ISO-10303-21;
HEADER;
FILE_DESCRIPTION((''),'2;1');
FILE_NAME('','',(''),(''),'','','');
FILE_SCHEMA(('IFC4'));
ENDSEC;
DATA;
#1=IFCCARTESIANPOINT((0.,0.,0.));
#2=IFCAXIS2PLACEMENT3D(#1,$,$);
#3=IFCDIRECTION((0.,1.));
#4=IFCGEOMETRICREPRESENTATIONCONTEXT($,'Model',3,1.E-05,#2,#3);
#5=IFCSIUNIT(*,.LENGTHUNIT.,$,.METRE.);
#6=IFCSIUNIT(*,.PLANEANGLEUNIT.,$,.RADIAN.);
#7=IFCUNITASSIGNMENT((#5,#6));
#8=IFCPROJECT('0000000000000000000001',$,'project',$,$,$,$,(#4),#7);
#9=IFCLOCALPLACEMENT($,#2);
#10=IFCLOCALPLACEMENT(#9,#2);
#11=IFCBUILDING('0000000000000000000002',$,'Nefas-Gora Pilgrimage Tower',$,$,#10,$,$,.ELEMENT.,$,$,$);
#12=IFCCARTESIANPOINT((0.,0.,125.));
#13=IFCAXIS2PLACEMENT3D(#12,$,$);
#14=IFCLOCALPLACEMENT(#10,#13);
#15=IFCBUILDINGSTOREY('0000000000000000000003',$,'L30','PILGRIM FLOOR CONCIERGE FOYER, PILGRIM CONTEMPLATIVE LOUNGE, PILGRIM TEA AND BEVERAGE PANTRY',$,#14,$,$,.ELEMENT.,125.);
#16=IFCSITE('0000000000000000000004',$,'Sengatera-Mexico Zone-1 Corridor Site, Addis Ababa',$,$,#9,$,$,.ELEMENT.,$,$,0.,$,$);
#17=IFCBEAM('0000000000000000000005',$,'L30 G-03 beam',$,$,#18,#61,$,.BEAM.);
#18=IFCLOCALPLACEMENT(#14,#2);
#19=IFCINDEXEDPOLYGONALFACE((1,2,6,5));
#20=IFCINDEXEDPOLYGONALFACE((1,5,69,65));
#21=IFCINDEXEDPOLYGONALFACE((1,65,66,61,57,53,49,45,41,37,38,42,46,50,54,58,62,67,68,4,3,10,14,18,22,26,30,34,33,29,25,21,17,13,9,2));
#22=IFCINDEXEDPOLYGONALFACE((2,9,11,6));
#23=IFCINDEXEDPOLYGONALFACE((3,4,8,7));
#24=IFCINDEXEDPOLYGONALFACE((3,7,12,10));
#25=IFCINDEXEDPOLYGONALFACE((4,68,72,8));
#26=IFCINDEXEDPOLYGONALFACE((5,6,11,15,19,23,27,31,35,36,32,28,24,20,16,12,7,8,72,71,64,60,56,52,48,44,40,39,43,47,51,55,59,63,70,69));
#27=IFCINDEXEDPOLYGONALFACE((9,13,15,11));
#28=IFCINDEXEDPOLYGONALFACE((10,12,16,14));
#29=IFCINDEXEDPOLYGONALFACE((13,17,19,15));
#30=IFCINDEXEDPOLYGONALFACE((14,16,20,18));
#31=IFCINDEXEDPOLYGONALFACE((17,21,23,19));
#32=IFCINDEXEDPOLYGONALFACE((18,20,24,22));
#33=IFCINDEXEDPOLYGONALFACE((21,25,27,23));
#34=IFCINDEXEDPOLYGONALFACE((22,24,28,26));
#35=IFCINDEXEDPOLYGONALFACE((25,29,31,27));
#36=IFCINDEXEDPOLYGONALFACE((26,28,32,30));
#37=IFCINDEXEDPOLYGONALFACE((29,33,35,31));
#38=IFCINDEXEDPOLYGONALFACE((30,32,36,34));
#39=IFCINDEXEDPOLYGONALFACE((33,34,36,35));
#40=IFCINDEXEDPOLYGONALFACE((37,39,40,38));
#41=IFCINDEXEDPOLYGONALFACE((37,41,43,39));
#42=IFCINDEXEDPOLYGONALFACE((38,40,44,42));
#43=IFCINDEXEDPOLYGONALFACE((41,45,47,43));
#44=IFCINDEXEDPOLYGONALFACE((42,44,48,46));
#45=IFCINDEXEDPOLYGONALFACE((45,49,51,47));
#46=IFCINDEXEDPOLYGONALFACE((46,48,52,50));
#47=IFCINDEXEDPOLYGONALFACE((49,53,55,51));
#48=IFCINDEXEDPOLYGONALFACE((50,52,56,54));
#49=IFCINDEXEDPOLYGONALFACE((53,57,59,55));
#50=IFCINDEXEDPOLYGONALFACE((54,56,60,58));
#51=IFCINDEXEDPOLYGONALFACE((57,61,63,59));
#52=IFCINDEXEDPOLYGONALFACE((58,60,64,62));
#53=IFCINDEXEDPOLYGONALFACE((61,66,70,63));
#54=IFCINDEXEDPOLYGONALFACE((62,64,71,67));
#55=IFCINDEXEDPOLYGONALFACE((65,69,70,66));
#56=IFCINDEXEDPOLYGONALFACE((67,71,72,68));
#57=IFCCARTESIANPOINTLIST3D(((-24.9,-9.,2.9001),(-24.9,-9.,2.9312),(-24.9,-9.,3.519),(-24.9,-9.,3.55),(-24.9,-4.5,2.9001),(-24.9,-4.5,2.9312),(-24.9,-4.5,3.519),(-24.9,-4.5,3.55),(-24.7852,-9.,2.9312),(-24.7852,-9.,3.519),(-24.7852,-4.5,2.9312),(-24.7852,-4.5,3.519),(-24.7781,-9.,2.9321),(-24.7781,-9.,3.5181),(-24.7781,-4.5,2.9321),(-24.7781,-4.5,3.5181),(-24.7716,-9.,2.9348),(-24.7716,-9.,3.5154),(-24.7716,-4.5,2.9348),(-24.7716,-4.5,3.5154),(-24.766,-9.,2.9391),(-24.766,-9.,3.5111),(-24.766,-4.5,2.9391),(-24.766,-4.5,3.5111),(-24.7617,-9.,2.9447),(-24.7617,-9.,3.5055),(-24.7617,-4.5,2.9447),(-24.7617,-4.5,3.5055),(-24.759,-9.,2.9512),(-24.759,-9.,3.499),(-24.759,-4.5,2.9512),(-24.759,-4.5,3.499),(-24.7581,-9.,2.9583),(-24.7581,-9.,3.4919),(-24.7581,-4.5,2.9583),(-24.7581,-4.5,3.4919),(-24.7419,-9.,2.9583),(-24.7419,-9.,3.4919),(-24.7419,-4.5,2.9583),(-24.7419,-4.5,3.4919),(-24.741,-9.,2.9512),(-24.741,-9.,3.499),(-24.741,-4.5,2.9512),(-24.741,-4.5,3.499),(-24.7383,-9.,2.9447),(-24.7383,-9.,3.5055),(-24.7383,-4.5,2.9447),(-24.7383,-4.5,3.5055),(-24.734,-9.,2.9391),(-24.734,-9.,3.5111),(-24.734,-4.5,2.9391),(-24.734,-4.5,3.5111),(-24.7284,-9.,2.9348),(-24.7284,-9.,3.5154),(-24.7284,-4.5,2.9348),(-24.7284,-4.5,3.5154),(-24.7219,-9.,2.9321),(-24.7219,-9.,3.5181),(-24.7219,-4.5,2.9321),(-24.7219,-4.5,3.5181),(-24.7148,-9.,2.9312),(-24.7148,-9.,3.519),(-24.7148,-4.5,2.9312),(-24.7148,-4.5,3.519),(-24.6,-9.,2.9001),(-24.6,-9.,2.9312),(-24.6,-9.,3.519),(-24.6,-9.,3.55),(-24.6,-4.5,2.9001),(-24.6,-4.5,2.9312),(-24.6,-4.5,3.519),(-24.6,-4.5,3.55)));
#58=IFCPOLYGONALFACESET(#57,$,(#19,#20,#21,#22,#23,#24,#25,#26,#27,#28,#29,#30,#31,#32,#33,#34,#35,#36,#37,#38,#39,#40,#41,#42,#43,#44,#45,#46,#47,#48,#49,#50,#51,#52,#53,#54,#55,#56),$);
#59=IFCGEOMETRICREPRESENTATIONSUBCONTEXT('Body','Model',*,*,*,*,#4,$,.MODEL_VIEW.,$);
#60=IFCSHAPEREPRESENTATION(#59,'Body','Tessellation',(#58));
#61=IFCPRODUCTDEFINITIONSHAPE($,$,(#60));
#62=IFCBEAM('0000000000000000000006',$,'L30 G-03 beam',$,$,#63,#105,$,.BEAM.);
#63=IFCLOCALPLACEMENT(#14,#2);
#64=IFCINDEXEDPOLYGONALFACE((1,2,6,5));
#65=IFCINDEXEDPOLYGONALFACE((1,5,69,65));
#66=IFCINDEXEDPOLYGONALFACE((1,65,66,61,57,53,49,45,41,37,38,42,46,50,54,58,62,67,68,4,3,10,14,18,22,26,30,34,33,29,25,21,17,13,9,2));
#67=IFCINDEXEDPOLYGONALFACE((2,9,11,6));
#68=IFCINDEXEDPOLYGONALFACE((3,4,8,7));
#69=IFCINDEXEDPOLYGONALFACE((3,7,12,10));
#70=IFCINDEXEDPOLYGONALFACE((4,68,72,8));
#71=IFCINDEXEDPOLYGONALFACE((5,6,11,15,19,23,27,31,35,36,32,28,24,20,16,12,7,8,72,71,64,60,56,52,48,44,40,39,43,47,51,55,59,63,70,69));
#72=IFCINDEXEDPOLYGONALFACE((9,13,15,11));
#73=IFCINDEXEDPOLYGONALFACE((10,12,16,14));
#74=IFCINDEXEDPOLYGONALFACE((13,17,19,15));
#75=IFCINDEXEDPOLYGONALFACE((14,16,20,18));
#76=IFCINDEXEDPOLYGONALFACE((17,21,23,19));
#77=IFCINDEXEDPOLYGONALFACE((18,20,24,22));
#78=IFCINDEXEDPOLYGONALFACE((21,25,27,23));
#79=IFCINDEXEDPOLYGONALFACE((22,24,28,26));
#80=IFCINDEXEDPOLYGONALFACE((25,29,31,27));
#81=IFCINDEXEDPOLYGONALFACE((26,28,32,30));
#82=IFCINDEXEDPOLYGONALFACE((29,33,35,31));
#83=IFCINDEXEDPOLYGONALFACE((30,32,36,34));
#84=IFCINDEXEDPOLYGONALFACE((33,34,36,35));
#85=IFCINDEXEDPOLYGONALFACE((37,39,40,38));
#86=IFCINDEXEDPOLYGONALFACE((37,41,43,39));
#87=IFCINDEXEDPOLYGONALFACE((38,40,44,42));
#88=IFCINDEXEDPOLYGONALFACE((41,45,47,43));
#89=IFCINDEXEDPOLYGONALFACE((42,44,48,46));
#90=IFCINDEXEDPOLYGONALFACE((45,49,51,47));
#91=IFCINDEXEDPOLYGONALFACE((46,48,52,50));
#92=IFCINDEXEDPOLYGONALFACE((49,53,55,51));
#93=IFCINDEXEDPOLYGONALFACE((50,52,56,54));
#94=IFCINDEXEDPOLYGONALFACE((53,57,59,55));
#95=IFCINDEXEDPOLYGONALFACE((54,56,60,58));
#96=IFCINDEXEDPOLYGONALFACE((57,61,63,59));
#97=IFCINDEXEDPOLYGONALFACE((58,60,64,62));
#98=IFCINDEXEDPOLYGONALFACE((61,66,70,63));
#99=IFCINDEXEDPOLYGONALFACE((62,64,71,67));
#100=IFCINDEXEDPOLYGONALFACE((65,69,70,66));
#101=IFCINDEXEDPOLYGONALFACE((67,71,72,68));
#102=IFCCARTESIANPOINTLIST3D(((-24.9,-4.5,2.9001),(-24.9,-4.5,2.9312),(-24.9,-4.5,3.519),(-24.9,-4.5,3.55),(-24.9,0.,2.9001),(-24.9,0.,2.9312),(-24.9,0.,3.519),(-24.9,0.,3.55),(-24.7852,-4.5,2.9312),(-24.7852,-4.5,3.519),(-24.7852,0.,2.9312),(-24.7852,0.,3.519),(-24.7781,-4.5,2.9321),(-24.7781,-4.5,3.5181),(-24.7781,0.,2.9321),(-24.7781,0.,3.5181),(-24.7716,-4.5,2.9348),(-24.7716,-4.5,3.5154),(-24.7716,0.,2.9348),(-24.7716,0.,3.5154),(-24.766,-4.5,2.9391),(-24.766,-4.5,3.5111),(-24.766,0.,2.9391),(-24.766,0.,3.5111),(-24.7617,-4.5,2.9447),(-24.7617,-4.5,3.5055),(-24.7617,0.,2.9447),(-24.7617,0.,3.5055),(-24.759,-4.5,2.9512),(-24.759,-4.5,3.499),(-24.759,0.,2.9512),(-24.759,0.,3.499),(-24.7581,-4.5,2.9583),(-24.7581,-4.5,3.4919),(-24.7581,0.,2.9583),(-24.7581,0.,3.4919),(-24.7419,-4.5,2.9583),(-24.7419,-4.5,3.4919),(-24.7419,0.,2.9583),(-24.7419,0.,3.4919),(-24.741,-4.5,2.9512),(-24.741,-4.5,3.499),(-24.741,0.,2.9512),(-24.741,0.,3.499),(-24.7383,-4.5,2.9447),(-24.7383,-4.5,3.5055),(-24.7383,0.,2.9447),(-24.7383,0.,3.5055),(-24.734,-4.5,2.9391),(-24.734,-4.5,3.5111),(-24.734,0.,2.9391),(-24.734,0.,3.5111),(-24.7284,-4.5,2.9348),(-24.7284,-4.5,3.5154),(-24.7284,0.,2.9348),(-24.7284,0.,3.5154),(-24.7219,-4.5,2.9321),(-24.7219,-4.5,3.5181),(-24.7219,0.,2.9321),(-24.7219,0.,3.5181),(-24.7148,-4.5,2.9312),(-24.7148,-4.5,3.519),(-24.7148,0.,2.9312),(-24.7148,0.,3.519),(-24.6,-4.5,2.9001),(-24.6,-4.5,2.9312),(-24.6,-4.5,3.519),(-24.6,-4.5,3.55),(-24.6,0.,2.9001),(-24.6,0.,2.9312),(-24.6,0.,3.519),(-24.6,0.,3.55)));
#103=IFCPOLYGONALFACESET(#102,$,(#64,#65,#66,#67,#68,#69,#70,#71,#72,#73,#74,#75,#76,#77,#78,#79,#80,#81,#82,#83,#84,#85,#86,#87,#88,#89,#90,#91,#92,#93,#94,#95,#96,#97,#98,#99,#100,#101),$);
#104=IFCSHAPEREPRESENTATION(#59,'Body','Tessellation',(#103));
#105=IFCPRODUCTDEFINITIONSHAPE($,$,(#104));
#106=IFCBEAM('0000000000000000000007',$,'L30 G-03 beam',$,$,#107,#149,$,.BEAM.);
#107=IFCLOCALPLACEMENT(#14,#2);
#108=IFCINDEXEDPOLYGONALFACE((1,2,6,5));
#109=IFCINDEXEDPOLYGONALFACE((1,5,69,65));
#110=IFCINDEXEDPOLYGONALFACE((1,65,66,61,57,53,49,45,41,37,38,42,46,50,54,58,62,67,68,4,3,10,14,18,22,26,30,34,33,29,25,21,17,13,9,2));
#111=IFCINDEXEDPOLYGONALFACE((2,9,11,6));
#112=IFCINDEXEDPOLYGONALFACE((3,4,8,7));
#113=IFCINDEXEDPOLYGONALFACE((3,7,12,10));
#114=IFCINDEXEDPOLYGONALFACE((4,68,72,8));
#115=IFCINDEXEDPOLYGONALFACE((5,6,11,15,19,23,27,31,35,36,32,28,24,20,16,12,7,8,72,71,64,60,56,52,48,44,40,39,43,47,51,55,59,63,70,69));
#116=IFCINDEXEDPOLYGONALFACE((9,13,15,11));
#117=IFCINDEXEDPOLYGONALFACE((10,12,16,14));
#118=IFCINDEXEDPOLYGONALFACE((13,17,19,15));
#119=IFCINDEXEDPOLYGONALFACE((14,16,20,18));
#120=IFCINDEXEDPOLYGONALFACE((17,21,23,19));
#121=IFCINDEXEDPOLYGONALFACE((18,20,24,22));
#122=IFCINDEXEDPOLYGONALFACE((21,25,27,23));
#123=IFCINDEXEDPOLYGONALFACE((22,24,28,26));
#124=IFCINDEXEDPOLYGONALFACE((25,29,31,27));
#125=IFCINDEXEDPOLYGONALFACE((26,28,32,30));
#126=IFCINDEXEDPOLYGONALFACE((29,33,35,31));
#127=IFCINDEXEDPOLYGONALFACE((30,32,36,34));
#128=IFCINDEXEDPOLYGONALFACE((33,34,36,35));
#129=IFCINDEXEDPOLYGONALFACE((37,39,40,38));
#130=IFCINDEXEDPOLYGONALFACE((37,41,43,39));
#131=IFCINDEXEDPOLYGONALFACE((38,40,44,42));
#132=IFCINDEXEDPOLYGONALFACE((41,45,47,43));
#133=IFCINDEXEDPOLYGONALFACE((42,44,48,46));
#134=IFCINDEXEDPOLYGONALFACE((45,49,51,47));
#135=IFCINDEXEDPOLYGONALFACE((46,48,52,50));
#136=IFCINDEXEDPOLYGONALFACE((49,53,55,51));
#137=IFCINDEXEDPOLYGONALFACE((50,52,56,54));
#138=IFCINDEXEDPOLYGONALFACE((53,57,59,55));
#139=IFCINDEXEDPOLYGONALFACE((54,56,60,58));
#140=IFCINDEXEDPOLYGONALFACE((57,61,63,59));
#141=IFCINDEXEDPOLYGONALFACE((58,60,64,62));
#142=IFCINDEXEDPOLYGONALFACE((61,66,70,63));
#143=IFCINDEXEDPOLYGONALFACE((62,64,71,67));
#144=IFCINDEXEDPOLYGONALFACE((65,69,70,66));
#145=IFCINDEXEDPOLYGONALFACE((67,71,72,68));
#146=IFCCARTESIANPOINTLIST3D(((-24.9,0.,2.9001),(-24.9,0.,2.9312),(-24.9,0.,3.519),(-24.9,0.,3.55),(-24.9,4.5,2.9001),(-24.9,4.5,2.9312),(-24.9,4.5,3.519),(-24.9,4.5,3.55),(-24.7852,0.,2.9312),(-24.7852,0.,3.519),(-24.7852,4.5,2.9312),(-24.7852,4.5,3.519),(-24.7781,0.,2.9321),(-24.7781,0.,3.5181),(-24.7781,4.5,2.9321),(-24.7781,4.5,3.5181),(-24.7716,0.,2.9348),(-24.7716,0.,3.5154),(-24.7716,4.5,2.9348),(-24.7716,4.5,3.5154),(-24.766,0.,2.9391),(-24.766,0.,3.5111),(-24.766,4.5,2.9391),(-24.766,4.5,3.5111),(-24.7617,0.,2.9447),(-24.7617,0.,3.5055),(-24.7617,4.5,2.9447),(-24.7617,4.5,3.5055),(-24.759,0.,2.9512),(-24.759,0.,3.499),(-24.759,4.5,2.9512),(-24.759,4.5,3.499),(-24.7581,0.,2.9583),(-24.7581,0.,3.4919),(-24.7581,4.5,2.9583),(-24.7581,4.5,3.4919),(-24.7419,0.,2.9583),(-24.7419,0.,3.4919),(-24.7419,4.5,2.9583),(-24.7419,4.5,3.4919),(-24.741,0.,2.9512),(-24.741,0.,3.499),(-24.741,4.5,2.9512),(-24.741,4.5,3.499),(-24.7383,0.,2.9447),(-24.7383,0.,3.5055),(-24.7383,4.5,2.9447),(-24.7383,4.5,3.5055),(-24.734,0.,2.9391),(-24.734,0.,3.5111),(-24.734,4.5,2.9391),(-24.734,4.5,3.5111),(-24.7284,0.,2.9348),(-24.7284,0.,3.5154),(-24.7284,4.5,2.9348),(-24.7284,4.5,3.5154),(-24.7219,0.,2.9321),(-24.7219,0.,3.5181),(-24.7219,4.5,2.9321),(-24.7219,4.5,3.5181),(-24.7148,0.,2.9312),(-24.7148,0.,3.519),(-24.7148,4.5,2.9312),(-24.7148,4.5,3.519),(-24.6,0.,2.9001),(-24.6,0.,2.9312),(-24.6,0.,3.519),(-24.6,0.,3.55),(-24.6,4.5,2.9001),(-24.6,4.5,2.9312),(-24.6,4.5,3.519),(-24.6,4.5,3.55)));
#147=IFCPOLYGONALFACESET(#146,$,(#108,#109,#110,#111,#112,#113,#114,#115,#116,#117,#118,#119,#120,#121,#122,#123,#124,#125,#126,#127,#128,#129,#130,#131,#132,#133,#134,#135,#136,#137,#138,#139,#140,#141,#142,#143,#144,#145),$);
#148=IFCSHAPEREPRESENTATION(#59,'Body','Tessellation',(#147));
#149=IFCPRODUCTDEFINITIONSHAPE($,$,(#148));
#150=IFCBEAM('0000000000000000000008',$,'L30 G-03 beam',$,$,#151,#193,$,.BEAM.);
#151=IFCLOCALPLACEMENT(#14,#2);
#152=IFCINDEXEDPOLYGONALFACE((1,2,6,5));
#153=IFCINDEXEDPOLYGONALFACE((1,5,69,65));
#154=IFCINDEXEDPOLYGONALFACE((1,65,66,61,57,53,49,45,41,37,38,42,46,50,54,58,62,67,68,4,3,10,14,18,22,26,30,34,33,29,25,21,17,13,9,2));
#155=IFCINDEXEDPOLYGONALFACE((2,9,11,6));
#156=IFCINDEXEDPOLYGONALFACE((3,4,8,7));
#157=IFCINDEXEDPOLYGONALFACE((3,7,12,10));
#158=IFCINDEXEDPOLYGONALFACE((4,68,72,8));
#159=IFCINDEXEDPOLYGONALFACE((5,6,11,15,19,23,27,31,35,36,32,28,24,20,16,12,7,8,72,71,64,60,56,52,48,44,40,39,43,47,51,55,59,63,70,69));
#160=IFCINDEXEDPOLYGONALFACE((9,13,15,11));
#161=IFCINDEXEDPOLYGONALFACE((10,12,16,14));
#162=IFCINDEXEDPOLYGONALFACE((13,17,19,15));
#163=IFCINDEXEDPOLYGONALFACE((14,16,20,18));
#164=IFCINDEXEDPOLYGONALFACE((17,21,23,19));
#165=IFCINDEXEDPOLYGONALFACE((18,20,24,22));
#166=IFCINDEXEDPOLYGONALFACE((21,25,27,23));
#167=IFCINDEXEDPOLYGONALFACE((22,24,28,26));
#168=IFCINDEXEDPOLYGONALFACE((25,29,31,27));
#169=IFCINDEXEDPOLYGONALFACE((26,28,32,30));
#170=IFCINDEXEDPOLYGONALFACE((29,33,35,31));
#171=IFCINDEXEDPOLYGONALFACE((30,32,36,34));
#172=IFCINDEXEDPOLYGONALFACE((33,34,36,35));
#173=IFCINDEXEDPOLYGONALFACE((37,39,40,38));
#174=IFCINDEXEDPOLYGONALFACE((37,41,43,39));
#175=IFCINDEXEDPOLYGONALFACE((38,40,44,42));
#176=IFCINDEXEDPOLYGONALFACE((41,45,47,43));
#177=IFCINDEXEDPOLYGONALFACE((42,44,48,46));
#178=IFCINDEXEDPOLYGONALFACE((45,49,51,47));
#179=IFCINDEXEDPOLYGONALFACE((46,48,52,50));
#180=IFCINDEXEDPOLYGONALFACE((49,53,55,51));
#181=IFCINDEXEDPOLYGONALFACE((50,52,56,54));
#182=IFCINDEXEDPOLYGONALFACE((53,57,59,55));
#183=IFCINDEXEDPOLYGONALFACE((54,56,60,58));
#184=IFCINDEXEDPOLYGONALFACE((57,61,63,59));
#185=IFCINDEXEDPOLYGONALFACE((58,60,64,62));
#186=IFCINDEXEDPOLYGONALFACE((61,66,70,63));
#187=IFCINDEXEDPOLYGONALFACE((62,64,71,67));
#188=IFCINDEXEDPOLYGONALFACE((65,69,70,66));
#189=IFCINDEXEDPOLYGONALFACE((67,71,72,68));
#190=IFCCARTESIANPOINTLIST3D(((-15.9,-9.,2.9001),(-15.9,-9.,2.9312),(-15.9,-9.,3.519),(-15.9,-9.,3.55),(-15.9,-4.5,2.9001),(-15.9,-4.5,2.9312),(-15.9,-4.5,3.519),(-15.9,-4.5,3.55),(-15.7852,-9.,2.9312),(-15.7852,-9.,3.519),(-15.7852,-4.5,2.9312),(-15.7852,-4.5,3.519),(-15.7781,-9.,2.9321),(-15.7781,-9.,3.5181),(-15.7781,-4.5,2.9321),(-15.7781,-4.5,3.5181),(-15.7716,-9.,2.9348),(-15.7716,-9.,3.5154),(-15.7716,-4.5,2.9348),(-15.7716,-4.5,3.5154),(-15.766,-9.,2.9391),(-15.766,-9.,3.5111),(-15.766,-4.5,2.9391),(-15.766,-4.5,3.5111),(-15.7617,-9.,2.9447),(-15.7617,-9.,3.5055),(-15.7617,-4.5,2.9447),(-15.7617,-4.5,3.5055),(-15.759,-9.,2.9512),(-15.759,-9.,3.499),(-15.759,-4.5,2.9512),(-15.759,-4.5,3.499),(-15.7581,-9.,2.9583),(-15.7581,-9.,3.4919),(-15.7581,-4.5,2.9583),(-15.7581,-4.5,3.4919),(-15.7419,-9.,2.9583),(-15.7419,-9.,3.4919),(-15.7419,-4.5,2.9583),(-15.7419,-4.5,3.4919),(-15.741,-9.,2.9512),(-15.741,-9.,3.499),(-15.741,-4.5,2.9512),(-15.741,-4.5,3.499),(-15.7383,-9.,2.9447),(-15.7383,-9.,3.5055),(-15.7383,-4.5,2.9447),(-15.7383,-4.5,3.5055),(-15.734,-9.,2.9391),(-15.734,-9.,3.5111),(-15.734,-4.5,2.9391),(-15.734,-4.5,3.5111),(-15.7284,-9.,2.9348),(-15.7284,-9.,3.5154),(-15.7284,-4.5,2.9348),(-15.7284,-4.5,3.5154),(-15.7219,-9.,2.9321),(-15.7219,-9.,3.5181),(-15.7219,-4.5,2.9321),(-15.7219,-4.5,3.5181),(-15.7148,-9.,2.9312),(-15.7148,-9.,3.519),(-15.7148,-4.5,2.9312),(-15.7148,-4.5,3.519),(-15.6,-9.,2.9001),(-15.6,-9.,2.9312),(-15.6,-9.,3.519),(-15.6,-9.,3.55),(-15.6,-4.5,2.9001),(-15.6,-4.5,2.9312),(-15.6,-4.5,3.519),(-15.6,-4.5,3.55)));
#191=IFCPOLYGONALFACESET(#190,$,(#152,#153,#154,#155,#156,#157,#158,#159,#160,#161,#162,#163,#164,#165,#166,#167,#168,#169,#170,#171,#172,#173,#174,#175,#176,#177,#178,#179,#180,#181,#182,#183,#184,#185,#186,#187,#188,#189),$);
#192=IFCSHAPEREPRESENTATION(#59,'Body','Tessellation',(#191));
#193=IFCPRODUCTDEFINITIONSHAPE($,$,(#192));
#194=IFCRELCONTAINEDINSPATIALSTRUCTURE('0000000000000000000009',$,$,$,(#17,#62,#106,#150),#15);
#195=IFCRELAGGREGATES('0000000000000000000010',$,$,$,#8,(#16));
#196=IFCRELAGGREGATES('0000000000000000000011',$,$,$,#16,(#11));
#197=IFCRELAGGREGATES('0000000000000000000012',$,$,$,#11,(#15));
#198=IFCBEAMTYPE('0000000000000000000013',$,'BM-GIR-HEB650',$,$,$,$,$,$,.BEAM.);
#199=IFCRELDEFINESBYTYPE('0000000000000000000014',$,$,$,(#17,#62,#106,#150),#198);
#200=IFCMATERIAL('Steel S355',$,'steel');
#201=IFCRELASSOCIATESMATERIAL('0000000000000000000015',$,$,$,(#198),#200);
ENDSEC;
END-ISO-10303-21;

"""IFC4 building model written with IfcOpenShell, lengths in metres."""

from ifc_helpers import new_model, si_unit, direction, frame, origin, origin_2d, place, context, subcontext, project, spatial, i_section, extrude, source, transform, mapped, material, material_profile, profile_set, type_object, element, save


model = new_model("IFC4")

# Units and contexts
model_context = context("Model", 3, precision=1e-05, world=origin(), true_north=direction((0.0, 1.0)))
body_context = subcontext(model_context, "Body", "Model", "MODEL_VIEW")
ifc_project = project(units=[si_unit("LENGTHUNIT", "METRE"), si_unit("PLANEANGLEUNIT", "RADIAN")], contexts=[model_context])

# Site, building, storey
site_placement = place(None, origin())
site = spatial("IfcSite", under=ifc_project, at=site_placement, Name="Sengatera-Mexico Zone-1 Corridor Site, Addis Ababa", CompositionType="ELEMENT", RefElevation=0.0)
building_placement = place(site_placement, origin())
building = spatial("IfcBuilding", under=site, at=building_placement, Name="Nefas-Gora Pilgrimage Tower", CompositionType="ELEMENT")
storey_placement = place(building_placement, frame((0.0, 0.0, 125.0)))
storey = spatial("IfcBuildingStorey", under=building, at=storey_placement, Name="L30", Description="PILGRIM FLOOR CONCIERGE FOYER, PILGRIM CONTEMPLATIVE LOUNGE, PILGRIM TEA AND BEVERAGE PANTRY", CompositionType="ELEMENT", Elevation=125.0)

# Beams
ifc_material_1 = material(Name="Steel S355", Category="steel")
ifc_material_profile_1 = material_profile(ifc_material_1, i_section(OverallWidth=0.3, OverallDepth=0.6499, WebThickness=0.0161, FlangeThickness=0.031, FilletRadius=0.0271, at=origin_2d()), Name="HEB 650")
ifc_profile_set_1 = profile_set([ifc_material_profile_1], Name="Steel S355")
beam_type_1 = type_object("IfcBeamType", Name="BM-GIR-HEB650", PredefinedType="BEAM", material=ifc_profile_set_1)
shared_shape_1 = source(origin(), body_context, "Body", "SweptSolid", [
    extrude(i_section(OverallWidth=0.3, OverallDepth=0.6499, WebThickness=0.0161, FlangeThickness=0.031, FilletRadius=0.0271, at=origin_2d()), origin(), (0.0, 0.0, 1.0), 4.5),
])
for number, where, z_axis, x_axis, name in (
    (1, (-24.75, -9.0, 3.2251), (0.0, 1.0, 0.0), (-1.0, 0.0, 0.0), "L30 G-03 beam"),
    (2, (-24.75, -4.5, 3.2251), (0.0, 1.0, 0.0), (-1.0, 0.0, 0.0), "L30 G-03 beam"),
    (3, (-24.75, 0.0, 3.2251), (0.0, 1.0, 0.0), (-1.0, 0.0, 0.0), "L30 G-03 beam"),
    (4, (-15.75, -9.0, 3.2251), (0.0, 1.0, 0.0), (-1.0, 0.0, 0.0), "L30 G-03 beam"),
):
    element("IfcBeam", number, at=place(storey_placement, frame(where, z_axis=z_axis, x_axis=x_axis)), inside=storey, type_object=beam_type_1, Name=name, PredefinedType="BEAM", context=body_context, shape_type="MappedRepresentation", body=[
        mapped(shared_shape_1, transform((0.0, 0.0, 0.0), x_axis=(1.0, 0.0, 0.0), y_axis=(0.0, 1.0, 0.0), z_axis=(0.0, 0.0, 1.0), scale=1.0)),
    ])

save(model, "model.ifc")
